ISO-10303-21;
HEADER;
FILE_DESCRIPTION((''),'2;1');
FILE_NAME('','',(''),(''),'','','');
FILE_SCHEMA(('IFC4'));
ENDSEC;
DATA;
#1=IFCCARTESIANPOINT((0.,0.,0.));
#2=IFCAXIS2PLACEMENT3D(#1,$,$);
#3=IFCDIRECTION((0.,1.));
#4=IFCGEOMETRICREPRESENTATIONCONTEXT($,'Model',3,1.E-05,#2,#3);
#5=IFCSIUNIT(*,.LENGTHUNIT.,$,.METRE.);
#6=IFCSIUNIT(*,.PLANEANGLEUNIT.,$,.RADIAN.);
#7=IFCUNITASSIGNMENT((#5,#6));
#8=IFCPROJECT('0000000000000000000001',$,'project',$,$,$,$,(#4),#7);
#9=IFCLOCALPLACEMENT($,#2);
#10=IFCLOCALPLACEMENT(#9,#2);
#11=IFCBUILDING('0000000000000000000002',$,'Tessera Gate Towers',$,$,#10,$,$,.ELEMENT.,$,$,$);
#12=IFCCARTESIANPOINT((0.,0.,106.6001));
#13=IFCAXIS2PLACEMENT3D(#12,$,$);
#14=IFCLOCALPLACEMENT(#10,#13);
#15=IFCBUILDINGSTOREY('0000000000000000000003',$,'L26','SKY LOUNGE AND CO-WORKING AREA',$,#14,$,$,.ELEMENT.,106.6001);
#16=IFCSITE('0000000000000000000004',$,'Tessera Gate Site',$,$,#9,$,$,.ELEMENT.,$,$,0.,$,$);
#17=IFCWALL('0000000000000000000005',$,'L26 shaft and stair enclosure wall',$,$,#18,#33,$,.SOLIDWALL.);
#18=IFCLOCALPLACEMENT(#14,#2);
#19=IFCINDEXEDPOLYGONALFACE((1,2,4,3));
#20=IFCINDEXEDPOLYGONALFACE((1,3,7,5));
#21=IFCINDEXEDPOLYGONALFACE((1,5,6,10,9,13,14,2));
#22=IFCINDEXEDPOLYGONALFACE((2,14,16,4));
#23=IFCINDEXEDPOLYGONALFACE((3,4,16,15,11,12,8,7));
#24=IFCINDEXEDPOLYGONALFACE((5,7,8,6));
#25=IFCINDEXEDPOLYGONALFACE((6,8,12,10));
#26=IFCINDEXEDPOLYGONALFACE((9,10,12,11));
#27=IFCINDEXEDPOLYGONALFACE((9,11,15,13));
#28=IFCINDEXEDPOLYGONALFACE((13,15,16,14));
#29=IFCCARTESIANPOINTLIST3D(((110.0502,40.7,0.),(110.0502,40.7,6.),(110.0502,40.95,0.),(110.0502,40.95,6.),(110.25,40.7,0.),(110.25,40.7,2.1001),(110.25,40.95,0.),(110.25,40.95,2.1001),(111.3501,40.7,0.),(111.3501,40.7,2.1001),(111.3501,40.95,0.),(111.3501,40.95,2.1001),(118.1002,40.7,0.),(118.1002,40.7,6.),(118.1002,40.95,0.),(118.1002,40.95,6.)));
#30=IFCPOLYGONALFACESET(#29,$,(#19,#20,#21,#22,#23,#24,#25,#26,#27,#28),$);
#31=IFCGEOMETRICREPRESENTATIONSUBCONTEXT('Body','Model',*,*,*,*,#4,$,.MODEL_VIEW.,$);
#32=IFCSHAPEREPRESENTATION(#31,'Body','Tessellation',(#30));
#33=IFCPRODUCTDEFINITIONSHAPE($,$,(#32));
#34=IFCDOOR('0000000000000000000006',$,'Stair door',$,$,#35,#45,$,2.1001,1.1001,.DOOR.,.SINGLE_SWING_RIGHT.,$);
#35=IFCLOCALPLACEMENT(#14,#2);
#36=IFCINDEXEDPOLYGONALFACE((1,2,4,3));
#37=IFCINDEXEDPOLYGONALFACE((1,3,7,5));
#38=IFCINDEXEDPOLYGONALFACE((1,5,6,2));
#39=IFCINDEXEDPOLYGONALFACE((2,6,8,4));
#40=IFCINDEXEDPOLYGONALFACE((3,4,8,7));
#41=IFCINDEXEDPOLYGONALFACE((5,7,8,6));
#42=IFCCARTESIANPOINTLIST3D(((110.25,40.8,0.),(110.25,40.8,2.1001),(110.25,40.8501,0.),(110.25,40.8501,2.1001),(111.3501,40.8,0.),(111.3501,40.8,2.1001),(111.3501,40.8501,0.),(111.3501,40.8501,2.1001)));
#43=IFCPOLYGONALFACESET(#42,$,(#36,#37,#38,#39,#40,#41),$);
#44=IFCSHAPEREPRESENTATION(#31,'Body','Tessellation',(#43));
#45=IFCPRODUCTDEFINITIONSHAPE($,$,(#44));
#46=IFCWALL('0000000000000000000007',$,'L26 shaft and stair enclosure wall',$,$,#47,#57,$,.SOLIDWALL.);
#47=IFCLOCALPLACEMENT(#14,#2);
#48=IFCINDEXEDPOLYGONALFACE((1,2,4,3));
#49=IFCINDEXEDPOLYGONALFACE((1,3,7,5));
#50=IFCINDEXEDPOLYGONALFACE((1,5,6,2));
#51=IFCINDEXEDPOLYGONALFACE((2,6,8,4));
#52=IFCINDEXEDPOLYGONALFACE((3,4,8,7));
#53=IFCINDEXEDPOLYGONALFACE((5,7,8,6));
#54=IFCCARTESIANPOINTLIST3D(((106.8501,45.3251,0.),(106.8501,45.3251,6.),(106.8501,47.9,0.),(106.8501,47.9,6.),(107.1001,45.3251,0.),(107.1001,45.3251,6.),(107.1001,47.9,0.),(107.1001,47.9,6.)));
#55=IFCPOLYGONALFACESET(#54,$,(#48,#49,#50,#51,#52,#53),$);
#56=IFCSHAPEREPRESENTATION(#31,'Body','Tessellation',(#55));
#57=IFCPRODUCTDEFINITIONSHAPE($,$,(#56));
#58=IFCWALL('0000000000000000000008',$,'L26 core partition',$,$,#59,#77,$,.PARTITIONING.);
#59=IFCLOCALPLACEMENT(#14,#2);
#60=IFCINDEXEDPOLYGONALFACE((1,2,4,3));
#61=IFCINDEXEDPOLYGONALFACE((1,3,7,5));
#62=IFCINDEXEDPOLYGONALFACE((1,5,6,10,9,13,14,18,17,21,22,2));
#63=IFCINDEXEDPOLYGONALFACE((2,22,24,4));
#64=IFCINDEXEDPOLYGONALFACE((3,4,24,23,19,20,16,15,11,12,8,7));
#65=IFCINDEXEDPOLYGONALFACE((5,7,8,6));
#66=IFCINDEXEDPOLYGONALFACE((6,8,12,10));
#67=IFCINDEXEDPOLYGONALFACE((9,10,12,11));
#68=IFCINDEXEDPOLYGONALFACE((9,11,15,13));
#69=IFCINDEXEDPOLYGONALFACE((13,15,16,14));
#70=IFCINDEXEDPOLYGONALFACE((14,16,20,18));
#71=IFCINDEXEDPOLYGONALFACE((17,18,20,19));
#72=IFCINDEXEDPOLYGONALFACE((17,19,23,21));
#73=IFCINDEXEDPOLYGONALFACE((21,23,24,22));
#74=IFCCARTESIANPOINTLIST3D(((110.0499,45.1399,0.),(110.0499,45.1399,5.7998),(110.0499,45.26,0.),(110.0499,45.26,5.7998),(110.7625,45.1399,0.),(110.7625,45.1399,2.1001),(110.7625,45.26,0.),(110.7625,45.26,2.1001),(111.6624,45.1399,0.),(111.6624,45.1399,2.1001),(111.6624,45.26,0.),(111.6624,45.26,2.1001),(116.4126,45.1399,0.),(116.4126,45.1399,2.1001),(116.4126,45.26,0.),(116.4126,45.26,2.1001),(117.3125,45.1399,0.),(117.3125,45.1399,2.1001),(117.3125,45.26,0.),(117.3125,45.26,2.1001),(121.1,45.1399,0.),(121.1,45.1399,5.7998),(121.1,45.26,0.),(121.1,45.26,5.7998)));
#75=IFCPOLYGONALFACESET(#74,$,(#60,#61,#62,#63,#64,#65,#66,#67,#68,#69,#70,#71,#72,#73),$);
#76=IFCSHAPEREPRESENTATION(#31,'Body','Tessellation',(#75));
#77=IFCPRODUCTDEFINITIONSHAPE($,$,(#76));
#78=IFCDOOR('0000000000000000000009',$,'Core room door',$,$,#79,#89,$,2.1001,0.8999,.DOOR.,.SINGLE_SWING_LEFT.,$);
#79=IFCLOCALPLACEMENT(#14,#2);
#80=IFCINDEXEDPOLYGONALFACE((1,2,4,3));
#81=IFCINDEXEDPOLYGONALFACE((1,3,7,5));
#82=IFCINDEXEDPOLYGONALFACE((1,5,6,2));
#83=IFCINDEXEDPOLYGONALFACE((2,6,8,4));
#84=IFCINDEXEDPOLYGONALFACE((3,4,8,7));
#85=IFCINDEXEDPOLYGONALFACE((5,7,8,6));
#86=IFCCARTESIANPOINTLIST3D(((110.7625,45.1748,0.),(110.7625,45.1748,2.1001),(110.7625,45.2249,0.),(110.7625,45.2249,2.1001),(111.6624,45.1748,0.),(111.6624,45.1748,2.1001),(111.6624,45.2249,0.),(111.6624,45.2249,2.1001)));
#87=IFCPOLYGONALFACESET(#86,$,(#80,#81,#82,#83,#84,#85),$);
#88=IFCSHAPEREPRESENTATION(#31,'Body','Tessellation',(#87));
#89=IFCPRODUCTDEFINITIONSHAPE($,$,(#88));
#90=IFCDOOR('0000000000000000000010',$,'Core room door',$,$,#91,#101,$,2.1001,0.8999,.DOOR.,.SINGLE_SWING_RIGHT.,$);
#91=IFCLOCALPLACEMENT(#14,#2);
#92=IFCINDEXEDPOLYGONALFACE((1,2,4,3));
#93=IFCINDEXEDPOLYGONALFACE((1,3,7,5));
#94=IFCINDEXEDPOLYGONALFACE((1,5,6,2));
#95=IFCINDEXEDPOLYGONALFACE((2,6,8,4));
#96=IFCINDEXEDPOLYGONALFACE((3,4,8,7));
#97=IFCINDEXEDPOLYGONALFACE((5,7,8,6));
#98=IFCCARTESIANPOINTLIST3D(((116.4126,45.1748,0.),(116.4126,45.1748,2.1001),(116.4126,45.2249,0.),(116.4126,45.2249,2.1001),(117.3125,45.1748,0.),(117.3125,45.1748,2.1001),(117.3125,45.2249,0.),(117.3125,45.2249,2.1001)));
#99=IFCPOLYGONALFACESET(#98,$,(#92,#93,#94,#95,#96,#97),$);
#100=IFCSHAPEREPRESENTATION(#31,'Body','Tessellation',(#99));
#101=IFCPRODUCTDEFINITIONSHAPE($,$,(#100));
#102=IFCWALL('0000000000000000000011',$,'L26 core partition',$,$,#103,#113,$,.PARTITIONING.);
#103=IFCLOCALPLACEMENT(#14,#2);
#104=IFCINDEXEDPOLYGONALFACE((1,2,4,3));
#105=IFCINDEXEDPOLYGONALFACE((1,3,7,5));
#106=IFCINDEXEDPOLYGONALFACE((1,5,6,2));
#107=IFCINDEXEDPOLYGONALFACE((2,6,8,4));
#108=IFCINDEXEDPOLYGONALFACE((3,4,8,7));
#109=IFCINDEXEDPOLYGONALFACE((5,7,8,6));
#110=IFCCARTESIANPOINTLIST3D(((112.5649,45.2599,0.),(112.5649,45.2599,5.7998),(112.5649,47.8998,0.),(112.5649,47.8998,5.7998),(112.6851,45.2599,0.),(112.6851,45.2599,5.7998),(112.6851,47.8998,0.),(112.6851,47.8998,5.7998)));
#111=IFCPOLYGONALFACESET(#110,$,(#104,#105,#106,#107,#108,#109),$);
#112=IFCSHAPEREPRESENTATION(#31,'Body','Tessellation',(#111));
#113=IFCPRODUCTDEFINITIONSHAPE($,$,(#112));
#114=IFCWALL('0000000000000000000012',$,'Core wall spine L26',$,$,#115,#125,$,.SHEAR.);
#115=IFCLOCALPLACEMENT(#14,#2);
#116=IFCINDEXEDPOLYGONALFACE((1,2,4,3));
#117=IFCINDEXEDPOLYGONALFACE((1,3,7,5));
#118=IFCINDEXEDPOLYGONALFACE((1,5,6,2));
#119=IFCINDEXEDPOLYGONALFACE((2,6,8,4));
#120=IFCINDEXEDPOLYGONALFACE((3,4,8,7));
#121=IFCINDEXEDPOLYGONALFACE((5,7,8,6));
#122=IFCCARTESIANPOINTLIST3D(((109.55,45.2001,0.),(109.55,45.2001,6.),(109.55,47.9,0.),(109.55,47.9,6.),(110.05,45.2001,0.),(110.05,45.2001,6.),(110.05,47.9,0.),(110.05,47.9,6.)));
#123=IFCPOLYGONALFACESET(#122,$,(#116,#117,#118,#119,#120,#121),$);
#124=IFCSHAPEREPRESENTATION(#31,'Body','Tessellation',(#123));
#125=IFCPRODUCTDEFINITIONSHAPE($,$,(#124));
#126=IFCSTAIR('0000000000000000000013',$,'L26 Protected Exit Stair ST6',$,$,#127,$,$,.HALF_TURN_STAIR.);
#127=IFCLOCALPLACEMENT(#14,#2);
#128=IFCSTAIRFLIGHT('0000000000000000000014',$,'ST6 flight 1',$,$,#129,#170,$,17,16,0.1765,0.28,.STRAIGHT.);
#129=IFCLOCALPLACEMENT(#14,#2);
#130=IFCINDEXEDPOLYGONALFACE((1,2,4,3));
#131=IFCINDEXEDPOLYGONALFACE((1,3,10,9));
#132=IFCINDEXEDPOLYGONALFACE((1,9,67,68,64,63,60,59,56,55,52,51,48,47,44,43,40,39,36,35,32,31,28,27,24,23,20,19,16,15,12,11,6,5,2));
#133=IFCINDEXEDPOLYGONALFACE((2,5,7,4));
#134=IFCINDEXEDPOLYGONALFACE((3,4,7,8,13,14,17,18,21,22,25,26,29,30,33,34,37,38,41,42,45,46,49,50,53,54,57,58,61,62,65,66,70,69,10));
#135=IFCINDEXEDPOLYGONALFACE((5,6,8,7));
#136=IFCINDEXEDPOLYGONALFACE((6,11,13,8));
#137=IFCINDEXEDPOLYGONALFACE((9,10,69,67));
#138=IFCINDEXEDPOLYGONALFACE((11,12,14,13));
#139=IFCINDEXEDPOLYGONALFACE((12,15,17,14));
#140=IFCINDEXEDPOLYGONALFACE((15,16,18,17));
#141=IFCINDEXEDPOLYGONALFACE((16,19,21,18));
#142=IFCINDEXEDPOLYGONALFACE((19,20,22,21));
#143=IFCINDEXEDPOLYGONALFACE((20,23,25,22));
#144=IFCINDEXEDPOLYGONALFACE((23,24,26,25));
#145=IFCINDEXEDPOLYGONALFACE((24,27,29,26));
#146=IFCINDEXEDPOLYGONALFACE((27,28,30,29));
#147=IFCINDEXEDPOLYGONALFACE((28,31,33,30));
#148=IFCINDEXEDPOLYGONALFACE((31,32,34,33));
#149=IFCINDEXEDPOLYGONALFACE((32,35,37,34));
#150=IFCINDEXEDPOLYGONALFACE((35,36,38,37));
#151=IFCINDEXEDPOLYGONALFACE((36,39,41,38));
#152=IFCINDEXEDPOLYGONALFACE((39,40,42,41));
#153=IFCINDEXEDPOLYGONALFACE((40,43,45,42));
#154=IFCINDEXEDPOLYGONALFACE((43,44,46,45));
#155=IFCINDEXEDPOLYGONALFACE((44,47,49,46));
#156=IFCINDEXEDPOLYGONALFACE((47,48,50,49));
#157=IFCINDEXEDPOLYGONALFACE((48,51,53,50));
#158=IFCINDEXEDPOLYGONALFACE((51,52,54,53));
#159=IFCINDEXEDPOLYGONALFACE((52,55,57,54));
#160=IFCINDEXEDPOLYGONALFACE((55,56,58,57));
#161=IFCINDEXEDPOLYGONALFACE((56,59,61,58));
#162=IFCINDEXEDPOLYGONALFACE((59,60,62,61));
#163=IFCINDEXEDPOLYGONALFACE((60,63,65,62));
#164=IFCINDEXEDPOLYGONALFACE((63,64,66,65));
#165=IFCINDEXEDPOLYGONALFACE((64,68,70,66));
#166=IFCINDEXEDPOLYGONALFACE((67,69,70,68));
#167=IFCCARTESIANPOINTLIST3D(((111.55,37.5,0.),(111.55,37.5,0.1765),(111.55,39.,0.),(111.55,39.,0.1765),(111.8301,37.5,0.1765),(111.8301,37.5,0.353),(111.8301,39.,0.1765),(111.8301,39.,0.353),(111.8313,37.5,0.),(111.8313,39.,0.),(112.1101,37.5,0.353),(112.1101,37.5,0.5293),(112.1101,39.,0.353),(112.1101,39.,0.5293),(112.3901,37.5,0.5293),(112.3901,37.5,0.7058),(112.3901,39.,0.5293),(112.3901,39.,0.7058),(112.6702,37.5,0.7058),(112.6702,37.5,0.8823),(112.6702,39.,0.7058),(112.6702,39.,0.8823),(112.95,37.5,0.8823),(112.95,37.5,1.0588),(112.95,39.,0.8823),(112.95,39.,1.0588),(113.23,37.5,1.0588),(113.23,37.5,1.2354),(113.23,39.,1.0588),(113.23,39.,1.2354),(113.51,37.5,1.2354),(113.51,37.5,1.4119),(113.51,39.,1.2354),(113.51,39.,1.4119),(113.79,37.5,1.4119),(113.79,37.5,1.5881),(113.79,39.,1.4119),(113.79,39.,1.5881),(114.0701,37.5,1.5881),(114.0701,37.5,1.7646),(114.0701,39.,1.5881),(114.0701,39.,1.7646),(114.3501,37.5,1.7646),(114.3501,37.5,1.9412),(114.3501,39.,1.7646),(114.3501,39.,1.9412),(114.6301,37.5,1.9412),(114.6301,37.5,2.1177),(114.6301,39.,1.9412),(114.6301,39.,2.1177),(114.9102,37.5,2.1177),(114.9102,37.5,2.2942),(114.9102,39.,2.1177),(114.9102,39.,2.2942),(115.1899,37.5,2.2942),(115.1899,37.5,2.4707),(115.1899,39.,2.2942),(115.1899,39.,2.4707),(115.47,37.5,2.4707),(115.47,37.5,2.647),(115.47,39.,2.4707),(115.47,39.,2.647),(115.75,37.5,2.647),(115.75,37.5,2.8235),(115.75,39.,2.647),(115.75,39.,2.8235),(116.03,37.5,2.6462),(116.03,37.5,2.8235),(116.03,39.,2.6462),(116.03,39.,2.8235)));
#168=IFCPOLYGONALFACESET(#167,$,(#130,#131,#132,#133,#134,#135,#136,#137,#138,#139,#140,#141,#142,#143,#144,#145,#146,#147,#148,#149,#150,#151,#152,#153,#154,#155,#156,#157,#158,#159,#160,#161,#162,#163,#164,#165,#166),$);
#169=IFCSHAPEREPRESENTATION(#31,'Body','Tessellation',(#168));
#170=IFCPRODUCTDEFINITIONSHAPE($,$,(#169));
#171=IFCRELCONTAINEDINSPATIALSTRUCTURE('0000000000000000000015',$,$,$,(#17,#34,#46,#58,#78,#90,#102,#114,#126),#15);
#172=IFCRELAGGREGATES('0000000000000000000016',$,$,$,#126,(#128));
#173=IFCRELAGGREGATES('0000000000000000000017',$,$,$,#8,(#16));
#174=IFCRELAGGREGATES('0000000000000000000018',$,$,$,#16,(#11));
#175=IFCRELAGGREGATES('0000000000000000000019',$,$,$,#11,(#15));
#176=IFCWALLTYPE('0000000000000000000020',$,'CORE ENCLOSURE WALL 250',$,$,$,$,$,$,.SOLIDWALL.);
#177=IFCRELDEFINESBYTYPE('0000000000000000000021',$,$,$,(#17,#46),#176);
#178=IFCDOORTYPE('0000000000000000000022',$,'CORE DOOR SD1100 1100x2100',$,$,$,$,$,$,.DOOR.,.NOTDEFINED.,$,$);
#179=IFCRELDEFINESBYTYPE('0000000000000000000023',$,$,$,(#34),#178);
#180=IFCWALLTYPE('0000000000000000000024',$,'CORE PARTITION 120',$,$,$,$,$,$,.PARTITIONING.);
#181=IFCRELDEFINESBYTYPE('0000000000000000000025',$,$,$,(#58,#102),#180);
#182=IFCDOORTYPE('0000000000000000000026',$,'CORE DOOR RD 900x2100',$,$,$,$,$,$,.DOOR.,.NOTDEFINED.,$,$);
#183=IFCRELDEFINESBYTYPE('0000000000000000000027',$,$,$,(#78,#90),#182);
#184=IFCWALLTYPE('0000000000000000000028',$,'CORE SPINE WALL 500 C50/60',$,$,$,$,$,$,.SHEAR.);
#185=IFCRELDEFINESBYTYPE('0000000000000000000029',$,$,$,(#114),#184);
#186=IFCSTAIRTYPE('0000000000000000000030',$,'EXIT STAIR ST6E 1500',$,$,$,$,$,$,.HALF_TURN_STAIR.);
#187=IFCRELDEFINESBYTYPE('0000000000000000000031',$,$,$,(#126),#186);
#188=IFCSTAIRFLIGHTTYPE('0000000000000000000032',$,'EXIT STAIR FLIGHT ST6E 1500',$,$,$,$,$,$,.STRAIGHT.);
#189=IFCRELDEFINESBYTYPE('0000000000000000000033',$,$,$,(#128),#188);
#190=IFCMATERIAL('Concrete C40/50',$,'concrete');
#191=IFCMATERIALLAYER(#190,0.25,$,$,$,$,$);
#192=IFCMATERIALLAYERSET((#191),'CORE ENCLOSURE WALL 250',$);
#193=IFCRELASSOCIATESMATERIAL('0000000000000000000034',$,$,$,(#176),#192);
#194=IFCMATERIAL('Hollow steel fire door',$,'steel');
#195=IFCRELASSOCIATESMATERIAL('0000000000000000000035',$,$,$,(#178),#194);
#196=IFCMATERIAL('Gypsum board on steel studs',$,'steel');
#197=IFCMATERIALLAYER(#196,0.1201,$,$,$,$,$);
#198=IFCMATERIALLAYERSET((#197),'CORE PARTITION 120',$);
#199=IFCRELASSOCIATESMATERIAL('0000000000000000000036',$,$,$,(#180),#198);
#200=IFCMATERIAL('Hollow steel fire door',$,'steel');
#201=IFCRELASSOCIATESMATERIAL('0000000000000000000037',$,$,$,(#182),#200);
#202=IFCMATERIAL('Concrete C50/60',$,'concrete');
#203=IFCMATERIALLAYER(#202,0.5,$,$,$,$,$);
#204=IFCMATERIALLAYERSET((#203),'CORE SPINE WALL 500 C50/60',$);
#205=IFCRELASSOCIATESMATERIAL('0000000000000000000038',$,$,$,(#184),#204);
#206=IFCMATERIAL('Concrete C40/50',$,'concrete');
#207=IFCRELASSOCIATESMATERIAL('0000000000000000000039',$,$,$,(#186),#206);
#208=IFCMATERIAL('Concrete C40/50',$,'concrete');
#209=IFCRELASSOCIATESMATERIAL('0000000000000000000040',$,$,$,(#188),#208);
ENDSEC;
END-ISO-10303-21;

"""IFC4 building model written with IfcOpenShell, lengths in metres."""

from ifc_helpers import new_model, si_unit, direction, frame, frame_2d, origin, place, context, subcontext, project, spatial, polyline, rectangle, outline, extrude, source, transform, mapped, material, layer, layer_set, type_object, element, fill, aggregate, save


model = new_model("IFC4")

# Units and contexts
model_context = context("Model", 3, precision=1e-05, world=origin(), true_north=direction((0.0, 1.0)))
body_context = subcontext(model_context, "Body", "Model", "MODEL_VIEW")
ifc_project = project(units=[si_unit("LENGTHUNIT", "METRE"), si_unit("PLANEANGLEUNIT", "RADIAN")], contexts=[model_context])

# Site, building, storey
site_placement = place(None, origin())
site = spatial("IfcSite", under=ifc_project, at=site_placement, Name="Tessera Gate Site", CompositionType="ELEMENT", RefElevation=0.0)
building_placement = place(site_placement, origin())
building = spatial("IfcBuilding", under=site, at=building_placement, Name="Tessera Gate Towers", CompositionType="ELEMENT")
storey_placement = place(building_placement, frame((0.0, 0.0, 106.6001)))
storey = spatial("IfcBuildingStorey", under=building, at=storey_placement, Name="L26", Description="SKY LOUNGE AND CO-WORKING AREA", CompositionType="ELEMENT", Elevation=106.6001)

# Shared definitions
ifc_material_1 = material(Name="Concrete C40/50", Category="concrete")
ifc_layer_1 = layer(ifc_material_1, 0.25)
ifc_layer_set_1 = layer_set([ifc_layer_1], Name="CORE ENCLOSURE WALL 250")
wall_type_1 = type_object("IfcWallType", Name="CORE ENCLOSURE WALL 250", PredefinedType="SOLIDWALL", material=ifc_layer_set_1)
shared_shape_1 = source(origin(), body_context, "Body", "SweptSolid", [
    extrude(rectangle(XDim=1.1001, YDim=2.1001, at=frame_2d((0.55, 1.05))), frame((0.0, 0.135, 0.0), z_axis=(0.0, -1.0, 0.0), x_axis=(1.0, 0.0, 0.0)), (0.0, 0.0, 1.0), 0.27),
])
shared_shape_2 = source(origin(), body_context, "Body", "SweptSolid", [
    extrude(rectangle(XDim=1.1001, YDim=2.1001, at=frame_2d((0.55, 1.05))), frame((0.0, 0.0249, 0.0), z_axis=(0.0, -1.0, 0.0), x_axis=(1.0, 0.0, 0.0)), (0.0, 0.0, 1.0), 0.05),
])

# Wall, opening, door
wall_1_placement = place(storey_placement, frame((118.1001, 40.825, 0.0), z_axis=(0.0, 0.0, 1.0), x_axis=(-1.0, 0.0, 0.0)))
wall_1 = element("IfcWall", 1, at=wall_1_placement, inside=storey, type_object=wall_type_1, Name="L26 shaft and stair enclosure wall", PredefinedType="SOLIDWALL", context=body_context, shape_type="SweptSolid", body=[
    extrude(rectangle(XDim=8.05, YDim=0.25, at=frame_2d((4.0249, 0.0))), origin(), (0.0, 0.0, 1.0), 6.0),
])
opening_1_placement = place(wall_1_placement, frame((6.75, 0.0, 0.0)))
opening_1 = element("IfcOpeningElement", 2, at=opening_1_placement, cuts=wall_1, PredefinedType="OPENING", context=body_context, shape_type="MappedRepresentation", body=[
    mapped(shared_shape_1, transform((0.0, 0.0, 0.0), scale=1.0)),
])
ifc_material_2 = material(Name="Hollow steel fire door", Category="steel")
door_type_1 = type_object("IfcDoorType", Name="CORE DOOR SD1100 1100x2100", OperationType="NOTDEFINED", PredefinedType="DOOR", material=ifc_material_2)
door_1_placement = place(opening_1_placement, origin())
door_1 = element("IfcDoor", 3, at=door_1_placement, inside=storey, type_object=door_type_1, Name="Stair door", OperationType="SINGLE_SWING_RIGHT", OverallHeight=2.1001, OverallWidth=1.1001, PredefinedType="DOOR", context=body_context, shape_type="MappedRepresentation", body=[
    mapped(shared_shape_2, transform((0.0, 0.0, 0.0), scale=1.0)),
])
fill(opening_1, door_1)

# Wall
wall_2_placement = place(storey_placement, frame((106.9751, 45.325, 0.0), z_axis=(0.0, 0.0, 1.0), x_axis=(0.0, 1.0, 0.0)))
element("IfcWall", 4, at=wall_2_placement, inside=storey, type_object=wall_type_1, Name="L26 shaft and stair enclosure wall", PredefinedType="SOLIDWALL", context=body_context, shape_type="SweptSolid", body=[
    extrude(rectangle(XDim=2.575, YDim=0.25, at=frame_2d((1.2876, 0.0))), origin(), (0.0, 0.0, 1.0), 6.0),
])

# Wall, openings, doors
ifc_material_3 = material(Name="Gypsum board on steel studs", Category="steel")
ifc_layer_2 = layer(ifc_material_3, 0.1201)
ifc_layer_set_2 = layer_set([ifc_layer_2], Name="CORE PARTITION 120")
wall_type_2 = type_object("IfcWallType", Name="CORE PARTITION 120", PredefinedType="PARTITIONING", material=ifc_layer_set_2)
wall_3_placement = place(storey_placement, frame((110.05, 45.2, 0.0), z_axis=(0.0, 0.0, 1.0), x_axis=(1.0, 0.0, 0.0)))
wall_3 = element("IfcWall", 5, at=wall_3_placement, inside=storey, type_object=wall_type_2, Name="L26 core partition", PredefinedType="PARTITIONING", context=body_context, shape_type="SweptSolid", body=[
    extrude(rectangle(XDim=11.05, YDim=0.1201, at=frame_2d((5.5249, 0.0))), origin(), (0.0, 0.0, 1.0), 5.7998),
])
shared_shape_3 = source(origin(), body_context, "Body", "SweptSolid", [
    extrude(rectangle(XDim=0.8999, YDim=2.1001, at=frame_2d((0.45, 1.05))), frame((0.0, 0.0701, 0.0), z_axis=(0.0, -1.0, 0.0), x_axis=(1.0, 0.0, 0.0)), (0.0, 0.0, 1.0), 0.1401),
])
opening_2_placement = place(wall_3_placement, frame((0.7124, 0.0, 0.0)))
opening_2 = element("IfcOpeningElement", 6, at=opening_2_placement, cuts=wall_3, PredefinedType="OPENING", context=body_context, shape_type="MappedRepresentation", body=[
    mapped(shared_shape_3, transform((0.0, 0.0, 0.0), scale=1.0)),
])
opening_3_placement = place(wall_3_placement, frame((6.3625, 0.0, 0.0)))
opening_3 = element("IfcOpeningElement", 7, at=opening_3_placement, cuts=wall_3, PredefinedType="OPENING", context=body_context, shape_type="MappedRepresentation", body=[
    mapped(shared_shape_3, transform((0.0, 0.0, 0.0), scale=1.0)),
])
ifc_material_4 = material(Name="Hollow steel fire door", Category="steel")
door_type_2 = type_object("IfcDoorType", Name="CORE DOOR RD 900x2100", OperationType="NOTDEFINED", PredefinedType="DOOR", material=ifc_material_4)
shared_shape_4 = source(origin(), body_context, "Body", "SweptSolid", [
    extrude(rectangle(XDim=0.8999, YDim=2.1001, at=frame_2d((0.45, 1.05))), frame((0.0, 0.0249, 0.0), z_axis=(0.0, -1.0, 0.0), x_axis=(1.0, 0.0, 0.0)), (0.0, 0.0, 1.0), 0.05),
])
door_2_placement = place(opening_2_placement, origin())
door_2 = element("IfcDoor", 8, at=door_2_placement, inside=storey, type_object=door_type_2, Name="Core room door", OperationType="SINGLE_SWING_LEFT", OverallHeight=2.1001, OverallWidth=0.8999, PredefinedType="DOOR", context=body_context, shape_type="MappedRepresentation", body=[
    mapped(shared_shape_4, transform((0.0, 0.0, 0.0), scale=1.0)),
])
fill(opening_2, door_2)
door_3_placement = place(opening_3_placement, origin())
door_3 = element("IfcDoor", 9, at=door_3_placement, inside=storey, type_object=door_type_2, Name="Core room door", OperationType="SINGLE_SWING_RIGHT", OverallHeight=2.1001, OverallWidth=0.8999, PredefinedType="DOOR", context=body_context, shape_type="MappedRepresentation", body=[
    mapped(shared_shape_4, transform((0.0, 0.0, 0.0), scale=1.0)),
])
fill(opening_3, door_3)

# Walls
wall_4_placement = place(storey_placement, frame((112.625, 45.26, 0.0), z_axis=(0.0, 0.0, 1.0), x_axis=(0.0, 1.0, 0.0)))
element("IfcWall", 10, at=wall_4_placement, inside=storey, type_object=wall_type_2, Name="L26 core partition", PredefinedType="PARTITIONING", context=body_context, shape_type="SweptSolid", body=[
    extrude(rectangle(XDim=2.6399, YDim=0.1201, at=frame_2d((1.3198, 0.0))), origin(), (0.0, 0.0, 1.0), 5.7998),
])
ifc_material_5 = material(Name="Concrete C50/60", Category="concrete")
ifc_layer_3 = layer(ifc_material_5, 0.5)
ifc_layer_set_3 = layer_set([ifc_layer_3], Name="CORE SPINE WALL 500 C50/60")
wall_type_3 = type_object("IfcWallType", Name="CORE SPINE WALL 500 C50/60", PredefinedType="SHEAR", material=ifc_layer_set_3)
wall_5_placement = place(storey_placement, frame((109.8, 45.2, 0.0), z_axis=(0.0, 0.0, 1.0), x_axis=(0.0, 1.0, 0.0)))
element("IfcWall", 11, at=wall_5_placement, inside=storey, type_object=wall_type_3, Name="Core wall spine L26", PredefinedType="SHEAR", context=body_context, shape_type="SweptSolid", body=[
    extrude(rectangle(XDim=2.7, YDim=0.5, at=frame_2d((1.3501, 0.0))), origin(), (0.0, 0.0, 1.0), 6.0),
])

# Stair, stair flight
ifc_material_6 = material(Name="Concrete C40/50", Category="concrete")
stair_type = type_object("IfcStairType", Name="EXIT STAIR ST6E 1500", PredefinedType="HALF_TURN_STAIR", material=ifc_material_6)
stair_placement = place(storey_placement, origin())
stair = element("IfcStair", 12, at=stair_placement, inside=storey, type_object=stair_type, Name="L26 Protected Exit Stair ST6", PredefinedType="HALF_TURN_STAIR")
ifc_material_7 = material(Name="Concrete C40/50", Category="concrete")
stair_flight_type = type_object("IfcStairFlightType", Name="EXIT STAIR FLIGHT ST6E 1500", PredefinedType="STRAIGHT", material=ifc_material_7)
stair_flight_1_placement = place(storey_placement, frame((111.55, 38.25, 0.0), z_axis=(0.0, 0.0, 1.0), x_axis=(1.0, 0.0, 0.0)))
stair_flight_1 = element("IfcStairFlight", 13, at=stair_flight_1_placement, type_object=stair_flight_type, Name="ST6 flight 1", NumberOfRisers=17, NumberOfTreads=16, PredefinedType="STRAIGHT", RiserHeight=0.1765, TreadLength=0.28, context=body_context, shape_type="SweptSolid", body=[
    extrude(outline(polyline([(0.0, 0.0), (0.0, 0.1765), (0.28, 0.1765), (0.28, 0.353), (0.5601, 0.353), (0.5601, 0.5293), (0.8401, 0.5293), (0.8401, 0.7058), (1.1201, 0.7058), (1.1201, 0.8823), (1.3999, 0.8823), (1.3999, 1.0588), (1.6799, 1.0588), (1.6799, 1.2354), (1.96, 1.2354), (1.96, 1.4119), (2.24, 1.4119), (2.24, 1.5881), (2.52, 1.5881), (2.52, 1.7646), (2.8, 1.7646), (2.8, 1.9412), (3.0801, 1.9412), (3.0801, 2.1177), (3.3601, 2.1177), (3.3601, 2.2942), (3.6399, 2.2942), (3.6399, 2.4707), (3.9199, 2.4707), (3.9199, 2.647), (4.2, 2.647), (4.2, 2.8235), (4.48, 2.8235), (4.48, 3.0), (4.48, 2.6462), (0.2812, 0.0), (0.0, 0.0)])), frame((0.0, 0.75, 0.0), z_axis=(0.0, -1.0, 0.0), x_axis=(1.0, 0.0, 0.0)), (0.0, 0.0, 1.0), 1.5),
])
aggregate(stair, [stair_flight_1])

save(model, "model.ifc")
